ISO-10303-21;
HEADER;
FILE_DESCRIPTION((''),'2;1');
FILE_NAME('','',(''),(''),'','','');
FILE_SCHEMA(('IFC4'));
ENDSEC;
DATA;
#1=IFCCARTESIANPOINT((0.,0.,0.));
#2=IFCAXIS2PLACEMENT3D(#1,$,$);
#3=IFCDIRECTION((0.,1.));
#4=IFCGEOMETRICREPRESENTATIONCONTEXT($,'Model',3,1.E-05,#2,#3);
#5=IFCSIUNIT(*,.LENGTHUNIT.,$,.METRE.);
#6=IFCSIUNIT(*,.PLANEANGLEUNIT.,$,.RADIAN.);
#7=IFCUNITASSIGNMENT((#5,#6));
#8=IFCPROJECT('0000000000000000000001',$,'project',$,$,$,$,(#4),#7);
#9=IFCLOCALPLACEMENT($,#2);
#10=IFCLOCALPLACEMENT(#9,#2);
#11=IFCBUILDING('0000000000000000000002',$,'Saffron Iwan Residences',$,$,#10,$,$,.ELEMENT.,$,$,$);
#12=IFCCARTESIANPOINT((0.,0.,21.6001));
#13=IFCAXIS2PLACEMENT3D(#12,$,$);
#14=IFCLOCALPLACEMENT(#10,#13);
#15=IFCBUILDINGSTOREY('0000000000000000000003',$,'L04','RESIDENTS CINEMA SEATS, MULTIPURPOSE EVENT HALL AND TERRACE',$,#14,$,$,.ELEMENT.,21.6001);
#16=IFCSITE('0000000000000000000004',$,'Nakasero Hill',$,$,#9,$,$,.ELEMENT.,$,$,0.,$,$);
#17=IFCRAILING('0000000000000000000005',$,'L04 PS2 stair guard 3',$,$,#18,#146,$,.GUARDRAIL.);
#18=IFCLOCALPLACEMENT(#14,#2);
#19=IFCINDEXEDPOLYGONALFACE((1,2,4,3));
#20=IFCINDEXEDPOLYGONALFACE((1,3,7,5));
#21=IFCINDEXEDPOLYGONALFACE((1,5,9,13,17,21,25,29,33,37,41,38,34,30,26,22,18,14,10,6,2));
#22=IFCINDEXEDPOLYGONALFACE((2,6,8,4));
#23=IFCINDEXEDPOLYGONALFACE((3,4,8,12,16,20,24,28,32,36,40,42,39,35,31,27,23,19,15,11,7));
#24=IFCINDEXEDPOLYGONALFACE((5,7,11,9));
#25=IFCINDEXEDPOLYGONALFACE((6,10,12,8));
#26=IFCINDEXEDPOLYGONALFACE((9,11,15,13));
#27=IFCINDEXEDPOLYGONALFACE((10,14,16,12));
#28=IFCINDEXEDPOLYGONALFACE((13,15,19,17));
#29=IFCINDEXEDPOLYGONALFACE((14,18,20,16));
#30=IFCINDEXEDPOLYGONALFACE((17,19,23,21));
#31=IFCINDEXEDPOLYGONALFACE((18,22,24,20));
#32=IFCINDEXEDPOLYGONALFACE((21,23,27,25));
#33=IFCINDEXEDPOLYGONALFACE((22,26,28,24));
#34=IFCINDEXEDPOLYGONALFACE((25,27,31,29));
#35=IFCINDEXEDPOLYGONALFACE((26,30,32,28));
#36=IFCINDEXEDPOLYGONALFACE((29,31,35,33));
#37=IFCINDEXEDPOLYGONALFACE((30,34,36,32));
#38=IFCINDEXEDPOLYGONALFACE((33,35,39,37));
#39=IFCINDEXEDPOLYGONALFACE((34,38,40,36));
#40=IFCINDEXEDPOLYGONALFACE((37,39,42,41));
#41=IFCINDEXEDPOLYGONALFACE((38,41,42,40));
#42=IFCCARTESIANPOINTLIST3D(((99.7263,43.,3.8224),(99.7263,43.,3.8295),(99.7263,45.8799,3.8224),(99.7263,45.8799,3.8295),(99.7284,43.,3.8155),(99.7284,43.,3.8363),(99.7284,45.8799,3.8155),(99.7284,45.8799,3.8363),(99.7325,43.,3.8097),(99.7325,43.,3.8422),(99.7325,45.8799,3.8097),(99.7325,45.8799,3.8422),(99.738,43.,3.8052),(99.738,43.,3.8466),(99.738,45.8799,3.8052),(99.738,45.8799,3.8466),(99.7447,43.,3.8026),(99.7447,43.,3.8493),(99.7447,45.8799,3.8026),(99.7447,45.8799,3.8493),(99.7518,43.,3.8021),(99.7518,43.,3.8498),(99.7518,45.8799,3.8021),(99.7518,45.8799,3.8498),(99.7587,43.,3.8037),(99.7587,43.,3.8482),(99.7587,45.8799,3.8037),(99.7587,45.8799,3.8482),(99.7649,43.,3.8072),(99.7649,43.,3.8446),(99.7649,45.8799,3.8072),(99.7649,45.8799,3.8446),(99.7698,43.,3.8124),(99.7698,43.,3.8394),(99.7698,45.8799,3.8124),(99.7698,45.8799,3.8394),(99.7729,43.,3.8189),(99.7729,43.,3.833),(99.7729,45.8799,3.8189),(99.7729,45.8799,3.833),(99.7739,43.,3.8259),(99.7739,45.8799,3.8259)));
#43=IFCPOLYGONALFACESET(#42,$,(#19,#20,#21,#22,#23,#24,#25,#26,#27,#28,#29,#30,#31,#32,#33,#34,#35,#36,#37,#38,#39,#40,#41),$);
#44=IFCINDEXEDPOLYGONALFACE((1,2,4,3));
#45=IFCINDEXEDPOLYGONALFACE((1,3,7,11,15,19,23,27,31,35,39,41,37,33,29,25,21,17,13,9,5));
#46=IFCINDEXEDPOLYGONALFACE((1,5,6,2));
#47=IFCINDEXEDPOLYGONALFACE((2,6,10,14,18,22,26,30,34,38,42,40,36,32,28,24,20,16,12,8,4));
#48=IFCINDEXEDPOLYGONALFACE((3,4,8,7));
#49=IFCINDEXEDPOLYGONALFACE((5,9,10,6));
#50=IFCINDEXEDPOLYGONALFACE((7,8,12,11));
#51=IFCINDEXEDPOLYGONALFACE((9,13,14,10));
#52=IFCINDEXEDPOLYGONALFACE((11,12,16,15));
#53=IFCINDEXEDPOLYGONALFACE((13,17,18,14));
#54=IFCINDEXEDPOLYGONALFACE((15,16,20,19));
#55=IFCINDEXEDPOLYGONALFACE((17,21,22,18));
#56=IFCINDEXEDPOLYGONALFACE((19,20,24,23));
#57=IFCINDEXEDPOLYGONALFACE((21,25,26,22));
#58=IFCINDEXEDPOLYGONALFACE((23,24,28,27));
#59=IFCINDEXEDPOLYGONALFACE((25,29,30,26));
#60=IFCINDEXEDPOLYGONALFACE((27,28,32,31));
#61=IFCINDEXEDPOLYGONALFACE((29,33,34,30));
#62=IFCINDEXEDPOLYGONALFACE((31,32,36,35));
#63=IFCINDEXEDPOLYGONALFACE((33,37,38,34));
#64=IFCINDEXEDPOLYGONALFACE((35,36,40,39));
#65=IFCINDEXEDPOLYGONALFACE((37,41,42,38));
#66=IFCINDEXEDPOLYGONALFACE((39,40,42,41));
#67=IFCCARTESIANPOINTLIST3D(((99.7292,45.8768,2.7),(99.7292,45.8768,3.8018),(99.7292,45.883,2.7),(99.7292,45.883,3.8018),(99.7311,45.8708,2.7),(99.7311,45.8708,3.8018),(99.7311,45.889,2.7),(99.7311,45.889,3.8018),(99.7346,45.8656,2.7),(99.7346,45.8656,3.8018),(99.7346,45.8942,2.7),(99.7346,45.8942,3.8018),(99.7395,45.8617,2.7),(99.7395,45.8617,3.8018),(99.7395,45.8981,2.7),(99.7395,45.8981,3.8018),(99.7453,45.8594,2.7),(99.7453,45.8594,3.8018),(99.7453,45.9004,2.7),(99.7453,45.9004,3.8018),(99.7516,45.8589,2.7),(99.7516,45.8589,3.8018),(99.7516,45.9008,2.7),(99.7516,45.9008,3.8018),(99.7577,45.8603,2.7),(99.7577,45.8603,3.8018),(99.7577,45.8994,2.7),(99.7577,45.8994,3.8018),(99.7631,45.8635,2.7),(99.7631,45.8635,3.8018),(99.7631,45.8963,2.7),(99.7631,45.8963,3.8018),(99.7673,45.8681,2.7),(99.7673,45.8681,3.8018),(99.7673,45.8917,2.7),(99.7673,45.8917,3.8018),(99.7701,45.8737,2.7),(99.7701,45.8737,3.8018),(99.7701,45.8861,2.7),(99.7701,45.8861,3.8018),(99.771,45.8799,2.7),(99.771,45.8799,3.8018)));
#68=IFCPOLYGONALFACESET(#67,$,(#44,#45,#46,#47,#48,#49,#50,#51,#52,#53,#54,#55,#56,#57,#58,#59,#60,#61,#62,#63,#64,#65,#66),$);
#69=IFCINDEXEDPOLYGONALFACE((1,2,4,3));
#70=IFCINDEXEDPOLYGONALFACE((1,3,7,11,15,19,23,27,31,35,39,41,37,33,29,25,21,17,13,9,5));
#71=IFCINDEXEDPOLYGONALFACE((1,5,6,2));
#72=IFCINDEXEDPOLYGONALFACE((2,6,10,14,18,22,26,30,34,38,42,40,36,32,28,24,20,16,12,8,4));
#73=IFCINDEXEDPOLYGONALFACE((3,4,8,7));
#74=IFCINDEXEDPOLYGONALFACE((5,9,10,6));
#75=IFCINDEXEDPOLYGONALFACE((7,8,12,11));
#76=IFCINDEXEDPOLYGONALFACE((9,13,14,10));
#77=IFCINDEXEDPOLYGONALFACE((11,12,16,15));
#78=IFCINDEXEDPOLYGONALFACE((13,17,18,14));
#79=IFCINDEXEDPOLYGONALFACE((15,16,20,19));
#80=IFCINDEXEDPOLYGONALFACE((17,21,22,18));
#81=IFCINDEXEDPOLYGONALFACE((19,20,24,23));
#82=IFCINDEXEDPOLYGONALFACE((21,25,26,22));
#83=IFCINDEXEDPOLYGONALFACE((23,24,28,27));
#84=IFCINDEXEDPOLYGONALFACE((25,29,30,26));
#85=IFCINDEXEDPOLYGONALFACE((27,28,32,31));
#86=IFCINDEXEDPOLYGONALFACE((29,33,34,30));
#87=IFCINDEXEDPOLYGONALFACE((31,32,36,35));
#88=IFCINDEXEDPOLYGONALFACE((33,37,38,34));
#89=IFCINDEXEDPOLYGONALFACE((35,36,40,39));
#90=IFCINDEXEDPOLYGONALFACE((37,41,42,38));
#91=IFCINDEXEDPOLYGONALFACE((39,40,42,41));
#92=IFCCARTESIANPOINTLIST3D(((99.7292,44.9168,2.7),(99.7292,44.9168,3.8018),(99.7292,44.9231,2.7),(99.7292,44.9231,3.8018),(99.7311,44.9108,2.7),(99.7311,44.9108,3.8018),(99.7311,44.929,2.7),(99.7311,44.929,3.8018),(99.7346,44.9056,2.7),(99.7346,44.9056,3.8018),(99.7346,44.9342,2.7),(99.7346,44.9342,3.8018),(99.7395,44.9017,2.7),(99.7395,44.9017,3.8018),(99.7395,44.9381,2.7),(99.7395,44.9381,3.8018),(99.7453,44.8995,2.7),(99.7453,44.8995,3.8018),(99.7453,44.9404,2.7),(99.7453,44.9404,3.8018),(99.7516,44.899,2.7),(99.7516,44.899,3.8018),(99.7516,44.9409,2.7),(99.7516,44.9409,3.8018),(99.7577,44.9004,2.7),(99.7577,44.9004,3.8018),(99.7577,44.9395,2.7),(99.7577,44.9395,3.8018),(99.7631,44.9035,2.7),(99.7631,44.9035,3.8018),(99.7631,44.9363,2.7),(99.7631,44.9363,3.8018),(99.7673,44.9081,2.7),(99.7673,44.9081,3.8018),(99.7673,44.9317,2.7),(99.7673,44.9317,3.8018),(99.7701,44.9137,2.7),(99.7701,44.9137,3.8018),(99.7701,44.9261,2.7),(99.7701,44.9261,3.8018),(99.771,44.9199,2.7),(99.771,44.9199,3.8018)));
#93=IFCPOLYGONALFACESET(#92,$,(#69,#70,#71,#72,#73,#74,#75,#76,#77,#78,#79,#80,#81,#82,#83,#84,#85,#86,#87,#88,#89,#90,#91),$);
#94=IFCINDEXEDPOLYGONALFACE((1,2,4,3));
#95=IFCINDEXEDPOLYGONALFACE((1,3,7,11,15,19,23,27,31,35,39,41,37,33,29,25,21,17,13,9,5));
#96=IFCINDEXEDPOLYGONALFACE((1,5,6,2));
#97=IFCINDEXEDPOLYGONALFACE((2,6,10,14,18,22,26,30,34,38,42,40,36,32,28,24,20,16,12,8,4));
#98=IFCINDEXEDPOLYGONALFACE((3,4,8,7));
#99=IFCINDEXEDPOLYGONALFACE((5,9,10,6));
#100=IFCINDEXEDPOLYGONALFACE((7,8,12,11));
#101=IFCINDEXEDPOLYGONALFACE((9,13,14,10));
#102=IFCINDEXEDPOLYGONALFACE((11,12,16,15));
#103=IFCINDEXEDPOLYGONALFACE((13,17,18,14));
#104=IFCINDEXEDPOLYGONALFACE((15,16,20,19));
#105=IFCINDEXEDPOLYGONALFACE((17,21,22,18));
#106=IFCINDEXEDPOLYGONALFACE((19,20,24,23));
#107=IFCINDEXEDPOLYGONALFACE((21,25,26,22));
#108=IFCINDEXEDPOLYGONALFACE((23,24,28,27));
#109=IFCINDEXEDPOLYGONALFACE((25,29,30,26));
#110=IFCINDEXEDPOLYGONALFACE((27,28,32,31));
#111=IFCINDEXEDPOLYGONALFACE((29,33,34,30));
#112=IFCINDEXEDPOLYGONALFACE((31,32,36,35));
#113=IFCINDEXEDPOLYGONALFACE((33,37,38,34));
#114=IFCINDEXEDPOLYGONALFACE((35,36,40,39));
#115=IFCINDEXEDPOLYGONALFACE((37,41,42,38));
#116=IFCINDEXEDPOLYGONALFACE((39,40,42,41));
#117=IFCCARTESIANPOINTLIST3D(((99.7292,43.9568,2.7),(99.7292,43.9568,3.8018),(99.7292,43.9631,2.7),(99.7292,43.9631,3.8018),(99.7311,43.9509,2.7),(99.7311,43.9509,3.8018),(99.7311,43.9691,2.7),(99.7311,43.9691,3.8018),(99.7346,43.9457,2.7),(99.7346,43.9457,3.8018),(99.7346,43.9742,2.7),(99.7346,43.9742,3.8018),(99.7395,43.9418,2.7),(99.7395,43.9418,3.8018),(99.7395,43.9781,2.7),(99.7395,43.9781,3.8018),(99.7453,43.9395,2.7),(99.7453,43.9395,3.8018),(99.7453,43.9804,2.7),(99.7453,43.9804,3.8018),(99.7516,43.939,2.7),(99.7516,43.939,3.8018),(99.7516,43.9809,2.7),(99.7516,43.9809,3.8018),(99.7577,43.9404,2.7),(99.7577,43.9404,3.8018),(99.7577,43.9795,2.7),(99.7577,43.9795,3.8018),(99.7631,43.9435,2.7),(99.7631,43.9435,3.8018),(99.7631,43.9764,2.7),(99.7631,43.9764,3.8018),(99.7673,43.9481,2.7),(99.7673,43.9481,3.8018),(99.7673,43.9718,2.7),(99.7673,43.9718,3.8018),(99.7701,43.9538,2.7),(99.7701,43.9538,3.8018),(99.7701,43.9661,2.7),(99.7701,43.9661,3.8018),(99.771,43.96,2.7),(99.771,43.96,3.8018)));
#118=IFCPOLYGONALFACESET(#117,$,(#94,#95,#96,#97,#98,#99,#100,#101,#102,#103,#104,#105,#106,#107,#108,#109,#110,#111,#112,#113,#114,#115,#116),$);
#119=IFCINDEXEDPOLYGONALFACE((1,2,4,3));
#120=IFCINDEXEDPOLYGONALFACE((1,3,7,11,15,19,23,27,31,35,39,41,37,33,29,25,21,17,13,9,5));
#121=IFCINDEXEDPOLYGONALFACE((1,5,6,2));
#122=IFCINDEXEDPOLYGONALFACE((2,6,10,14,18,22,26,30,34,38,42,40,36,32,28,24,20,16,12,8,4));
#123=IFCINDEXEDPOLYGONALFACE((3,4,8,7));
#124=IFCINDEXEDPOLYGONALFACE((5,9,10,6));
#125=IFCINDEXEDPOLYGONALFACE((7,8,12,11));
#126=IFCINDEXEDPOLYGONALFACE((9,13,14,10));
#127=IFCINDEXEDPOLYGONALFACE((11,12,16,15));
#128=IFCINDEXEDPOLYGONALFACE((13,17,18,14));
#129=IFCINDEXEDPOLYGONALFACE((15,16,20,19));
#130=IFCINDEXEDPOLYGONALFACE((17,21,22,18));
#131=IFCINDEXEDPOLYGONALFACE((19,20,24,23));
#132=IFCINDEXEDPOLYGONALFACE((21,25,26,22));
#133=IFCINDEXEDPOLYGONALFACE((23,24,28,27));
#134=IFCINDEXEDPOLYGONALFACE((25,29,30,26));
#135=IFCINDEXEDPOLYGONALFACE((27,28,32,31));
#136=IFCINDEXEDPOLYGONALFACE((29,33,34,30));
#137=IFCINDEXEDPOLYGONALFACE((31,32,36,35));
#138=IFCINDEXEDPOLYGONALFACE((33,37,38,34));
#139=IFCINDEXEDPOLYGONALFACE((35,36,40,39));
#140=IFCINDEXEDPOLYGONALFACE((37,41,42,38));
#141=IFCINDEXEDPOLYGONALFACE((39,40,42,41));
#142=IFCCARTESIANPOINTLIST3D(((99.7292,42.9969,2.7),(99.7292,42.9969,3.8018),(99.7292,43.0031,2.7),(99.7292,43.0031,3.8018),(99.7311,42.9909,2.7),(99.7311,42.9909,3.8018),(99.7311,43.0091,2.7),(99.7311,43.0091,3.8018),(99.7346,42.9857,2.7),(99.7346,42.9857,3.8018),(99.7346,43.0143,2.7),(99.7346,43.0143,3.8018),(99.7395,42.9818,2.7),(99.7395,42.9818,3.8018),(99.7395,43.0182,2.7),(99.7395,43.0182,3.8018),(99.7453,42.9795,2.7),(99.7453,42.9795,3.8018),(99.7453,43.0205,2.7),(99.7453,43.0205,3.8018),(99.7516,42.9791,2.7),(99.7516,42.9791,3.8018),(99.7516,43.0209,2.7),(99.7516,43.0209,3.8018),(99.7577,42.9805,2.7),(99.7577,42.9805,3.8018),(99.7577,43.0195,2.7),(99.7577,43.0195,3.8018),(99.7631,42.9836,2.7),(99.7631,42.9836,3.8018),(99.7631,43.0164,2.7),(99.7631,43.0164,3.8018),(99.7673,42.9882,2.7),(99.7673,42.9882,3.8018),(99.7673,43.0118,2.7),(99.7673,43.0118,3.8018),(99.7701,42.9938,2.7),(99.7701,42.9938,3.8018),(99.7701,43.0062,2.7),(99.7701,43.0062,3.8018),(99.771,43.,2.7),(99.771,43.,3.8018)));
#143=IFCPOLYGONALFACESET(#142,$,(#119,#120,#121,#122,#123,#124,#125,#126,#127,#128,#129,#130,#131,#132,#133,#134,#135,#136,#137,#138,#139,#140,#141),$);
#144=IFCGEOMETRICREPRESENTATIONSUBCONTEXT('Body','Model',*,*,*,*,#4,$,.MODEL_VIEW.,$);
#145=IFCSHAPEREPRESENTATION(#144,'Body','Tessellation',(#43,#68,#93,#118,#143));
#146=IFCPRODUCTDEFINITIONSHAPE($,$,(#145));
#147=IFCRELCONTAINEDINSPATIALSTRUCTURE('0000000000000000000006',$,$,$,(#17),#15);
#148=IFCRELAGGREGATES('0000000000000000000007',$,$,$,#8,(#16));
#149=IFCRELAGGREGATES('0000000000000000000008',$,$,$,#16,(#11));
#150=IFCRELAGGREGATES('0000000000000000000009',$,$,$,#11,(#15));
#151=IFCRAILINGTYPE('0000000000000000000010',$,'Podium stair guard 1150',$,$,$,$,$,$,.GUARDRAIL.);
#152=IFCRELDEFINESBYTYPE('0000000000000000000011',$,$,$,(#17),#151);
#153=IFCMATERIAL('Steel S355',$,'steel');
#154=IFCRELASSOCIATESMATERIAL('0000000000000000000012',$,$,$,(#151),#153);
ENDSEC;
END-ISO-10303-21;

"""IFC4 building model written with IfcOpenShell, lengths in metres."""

from ifc_helpers import new_model, si_unit, direction, frame, origin, origin_2d, place, context, subcontext, project, spatial, circle, extrude, material, type_object, element, save


model = new_model("IFC4")

# Units and contexts
model_context = context("Model", 3, precision=1e-05, world=origin(), true_north=direction((0.0, 1.0)))
body_context = subcontext(model_context, "Body", "Model", "MODEL_VIEW")
ifc_project = project(units=[si_unit("LENGTHUNIT", "METRE"), si_unit("PLANEANGLEUNIT", "RADIAN")], contexts=[model_context])

# Site, building, storey
site_placement = place(None, origin())
site = spatial("IfcSite", under=ifc_project, at=site_placement, Name="Nakasero Hill", CompositionType="ELEMENT", RefElevation=0.0)
building_placement = place(site_placement, origin())
building = spatial("IfcBuilding", under=site, at=building_placement, Name="Saffron Iwan Residences", CompositionType="ELEMENT")
storey_placement = place(building_placement, frame((0.0, 0.0, 21.6001)))
storey = spatial("IfcBuildingStorey", under=building, at=storey_placement, Name="L04", Description="RESIDENTS CINEMA SEATS, MULTIPURPOSE EVENT HALL AND TERRACE", CompositionType="ELEMENT", Elevation=21.6001)

# Railing
ifc_material_1 = material(Name="Steel S355", Category="steel")
railing_type_1 = type_object("IfcRailingType", Name="Podium stair guard 1150", PredefinedType="GUARDRAIL", material=ifc_material_1)
railing_1_placement = place(storey_placement, frame((99.75, 45.8799, 2.7)))
element("IfcRailing", 1, at=railing_1_placement, inside=storey, type_object=railing_type_1, Name="L04 PS2 stair guard 3", PredefinedType="GUARDRAIL", context=body_context, shape_type="SweptSolid", body=[
    extrude(circle(Radius=0.0239, at=origin_2d()), frame((0.0, 0.0, 1.126), z_axis=(0.0, -1.0, 0.0), x_axis=(1.0, 0.0, 0.0)), (0.0, 0.0, 1.0), 2.8799),
    extrude(circle(Radius=0.021, at=origin_2d()), origin(), (0.0, 0.0, 1.0), 1.1018),
    extrude(circle(Radius=0.021, at=origin_2d()), frame((0.0, -0.96, 0.0)), (0.0, 0.0, 1.0), 1.1018),
    extrude(circle(Radius=0.021, at=origin_2d()), frame((0.0, -1.9199, 0.0)), (0.0, 0.0, 1.0), 1.1018),
    extrude(circle(Radius=0.021, at=origin_2d()), frame((0.0, -2.8799, 0.0)), (0.0, 0.0, 1.0), 1.1018),
])

save(model, "model.ifc")
